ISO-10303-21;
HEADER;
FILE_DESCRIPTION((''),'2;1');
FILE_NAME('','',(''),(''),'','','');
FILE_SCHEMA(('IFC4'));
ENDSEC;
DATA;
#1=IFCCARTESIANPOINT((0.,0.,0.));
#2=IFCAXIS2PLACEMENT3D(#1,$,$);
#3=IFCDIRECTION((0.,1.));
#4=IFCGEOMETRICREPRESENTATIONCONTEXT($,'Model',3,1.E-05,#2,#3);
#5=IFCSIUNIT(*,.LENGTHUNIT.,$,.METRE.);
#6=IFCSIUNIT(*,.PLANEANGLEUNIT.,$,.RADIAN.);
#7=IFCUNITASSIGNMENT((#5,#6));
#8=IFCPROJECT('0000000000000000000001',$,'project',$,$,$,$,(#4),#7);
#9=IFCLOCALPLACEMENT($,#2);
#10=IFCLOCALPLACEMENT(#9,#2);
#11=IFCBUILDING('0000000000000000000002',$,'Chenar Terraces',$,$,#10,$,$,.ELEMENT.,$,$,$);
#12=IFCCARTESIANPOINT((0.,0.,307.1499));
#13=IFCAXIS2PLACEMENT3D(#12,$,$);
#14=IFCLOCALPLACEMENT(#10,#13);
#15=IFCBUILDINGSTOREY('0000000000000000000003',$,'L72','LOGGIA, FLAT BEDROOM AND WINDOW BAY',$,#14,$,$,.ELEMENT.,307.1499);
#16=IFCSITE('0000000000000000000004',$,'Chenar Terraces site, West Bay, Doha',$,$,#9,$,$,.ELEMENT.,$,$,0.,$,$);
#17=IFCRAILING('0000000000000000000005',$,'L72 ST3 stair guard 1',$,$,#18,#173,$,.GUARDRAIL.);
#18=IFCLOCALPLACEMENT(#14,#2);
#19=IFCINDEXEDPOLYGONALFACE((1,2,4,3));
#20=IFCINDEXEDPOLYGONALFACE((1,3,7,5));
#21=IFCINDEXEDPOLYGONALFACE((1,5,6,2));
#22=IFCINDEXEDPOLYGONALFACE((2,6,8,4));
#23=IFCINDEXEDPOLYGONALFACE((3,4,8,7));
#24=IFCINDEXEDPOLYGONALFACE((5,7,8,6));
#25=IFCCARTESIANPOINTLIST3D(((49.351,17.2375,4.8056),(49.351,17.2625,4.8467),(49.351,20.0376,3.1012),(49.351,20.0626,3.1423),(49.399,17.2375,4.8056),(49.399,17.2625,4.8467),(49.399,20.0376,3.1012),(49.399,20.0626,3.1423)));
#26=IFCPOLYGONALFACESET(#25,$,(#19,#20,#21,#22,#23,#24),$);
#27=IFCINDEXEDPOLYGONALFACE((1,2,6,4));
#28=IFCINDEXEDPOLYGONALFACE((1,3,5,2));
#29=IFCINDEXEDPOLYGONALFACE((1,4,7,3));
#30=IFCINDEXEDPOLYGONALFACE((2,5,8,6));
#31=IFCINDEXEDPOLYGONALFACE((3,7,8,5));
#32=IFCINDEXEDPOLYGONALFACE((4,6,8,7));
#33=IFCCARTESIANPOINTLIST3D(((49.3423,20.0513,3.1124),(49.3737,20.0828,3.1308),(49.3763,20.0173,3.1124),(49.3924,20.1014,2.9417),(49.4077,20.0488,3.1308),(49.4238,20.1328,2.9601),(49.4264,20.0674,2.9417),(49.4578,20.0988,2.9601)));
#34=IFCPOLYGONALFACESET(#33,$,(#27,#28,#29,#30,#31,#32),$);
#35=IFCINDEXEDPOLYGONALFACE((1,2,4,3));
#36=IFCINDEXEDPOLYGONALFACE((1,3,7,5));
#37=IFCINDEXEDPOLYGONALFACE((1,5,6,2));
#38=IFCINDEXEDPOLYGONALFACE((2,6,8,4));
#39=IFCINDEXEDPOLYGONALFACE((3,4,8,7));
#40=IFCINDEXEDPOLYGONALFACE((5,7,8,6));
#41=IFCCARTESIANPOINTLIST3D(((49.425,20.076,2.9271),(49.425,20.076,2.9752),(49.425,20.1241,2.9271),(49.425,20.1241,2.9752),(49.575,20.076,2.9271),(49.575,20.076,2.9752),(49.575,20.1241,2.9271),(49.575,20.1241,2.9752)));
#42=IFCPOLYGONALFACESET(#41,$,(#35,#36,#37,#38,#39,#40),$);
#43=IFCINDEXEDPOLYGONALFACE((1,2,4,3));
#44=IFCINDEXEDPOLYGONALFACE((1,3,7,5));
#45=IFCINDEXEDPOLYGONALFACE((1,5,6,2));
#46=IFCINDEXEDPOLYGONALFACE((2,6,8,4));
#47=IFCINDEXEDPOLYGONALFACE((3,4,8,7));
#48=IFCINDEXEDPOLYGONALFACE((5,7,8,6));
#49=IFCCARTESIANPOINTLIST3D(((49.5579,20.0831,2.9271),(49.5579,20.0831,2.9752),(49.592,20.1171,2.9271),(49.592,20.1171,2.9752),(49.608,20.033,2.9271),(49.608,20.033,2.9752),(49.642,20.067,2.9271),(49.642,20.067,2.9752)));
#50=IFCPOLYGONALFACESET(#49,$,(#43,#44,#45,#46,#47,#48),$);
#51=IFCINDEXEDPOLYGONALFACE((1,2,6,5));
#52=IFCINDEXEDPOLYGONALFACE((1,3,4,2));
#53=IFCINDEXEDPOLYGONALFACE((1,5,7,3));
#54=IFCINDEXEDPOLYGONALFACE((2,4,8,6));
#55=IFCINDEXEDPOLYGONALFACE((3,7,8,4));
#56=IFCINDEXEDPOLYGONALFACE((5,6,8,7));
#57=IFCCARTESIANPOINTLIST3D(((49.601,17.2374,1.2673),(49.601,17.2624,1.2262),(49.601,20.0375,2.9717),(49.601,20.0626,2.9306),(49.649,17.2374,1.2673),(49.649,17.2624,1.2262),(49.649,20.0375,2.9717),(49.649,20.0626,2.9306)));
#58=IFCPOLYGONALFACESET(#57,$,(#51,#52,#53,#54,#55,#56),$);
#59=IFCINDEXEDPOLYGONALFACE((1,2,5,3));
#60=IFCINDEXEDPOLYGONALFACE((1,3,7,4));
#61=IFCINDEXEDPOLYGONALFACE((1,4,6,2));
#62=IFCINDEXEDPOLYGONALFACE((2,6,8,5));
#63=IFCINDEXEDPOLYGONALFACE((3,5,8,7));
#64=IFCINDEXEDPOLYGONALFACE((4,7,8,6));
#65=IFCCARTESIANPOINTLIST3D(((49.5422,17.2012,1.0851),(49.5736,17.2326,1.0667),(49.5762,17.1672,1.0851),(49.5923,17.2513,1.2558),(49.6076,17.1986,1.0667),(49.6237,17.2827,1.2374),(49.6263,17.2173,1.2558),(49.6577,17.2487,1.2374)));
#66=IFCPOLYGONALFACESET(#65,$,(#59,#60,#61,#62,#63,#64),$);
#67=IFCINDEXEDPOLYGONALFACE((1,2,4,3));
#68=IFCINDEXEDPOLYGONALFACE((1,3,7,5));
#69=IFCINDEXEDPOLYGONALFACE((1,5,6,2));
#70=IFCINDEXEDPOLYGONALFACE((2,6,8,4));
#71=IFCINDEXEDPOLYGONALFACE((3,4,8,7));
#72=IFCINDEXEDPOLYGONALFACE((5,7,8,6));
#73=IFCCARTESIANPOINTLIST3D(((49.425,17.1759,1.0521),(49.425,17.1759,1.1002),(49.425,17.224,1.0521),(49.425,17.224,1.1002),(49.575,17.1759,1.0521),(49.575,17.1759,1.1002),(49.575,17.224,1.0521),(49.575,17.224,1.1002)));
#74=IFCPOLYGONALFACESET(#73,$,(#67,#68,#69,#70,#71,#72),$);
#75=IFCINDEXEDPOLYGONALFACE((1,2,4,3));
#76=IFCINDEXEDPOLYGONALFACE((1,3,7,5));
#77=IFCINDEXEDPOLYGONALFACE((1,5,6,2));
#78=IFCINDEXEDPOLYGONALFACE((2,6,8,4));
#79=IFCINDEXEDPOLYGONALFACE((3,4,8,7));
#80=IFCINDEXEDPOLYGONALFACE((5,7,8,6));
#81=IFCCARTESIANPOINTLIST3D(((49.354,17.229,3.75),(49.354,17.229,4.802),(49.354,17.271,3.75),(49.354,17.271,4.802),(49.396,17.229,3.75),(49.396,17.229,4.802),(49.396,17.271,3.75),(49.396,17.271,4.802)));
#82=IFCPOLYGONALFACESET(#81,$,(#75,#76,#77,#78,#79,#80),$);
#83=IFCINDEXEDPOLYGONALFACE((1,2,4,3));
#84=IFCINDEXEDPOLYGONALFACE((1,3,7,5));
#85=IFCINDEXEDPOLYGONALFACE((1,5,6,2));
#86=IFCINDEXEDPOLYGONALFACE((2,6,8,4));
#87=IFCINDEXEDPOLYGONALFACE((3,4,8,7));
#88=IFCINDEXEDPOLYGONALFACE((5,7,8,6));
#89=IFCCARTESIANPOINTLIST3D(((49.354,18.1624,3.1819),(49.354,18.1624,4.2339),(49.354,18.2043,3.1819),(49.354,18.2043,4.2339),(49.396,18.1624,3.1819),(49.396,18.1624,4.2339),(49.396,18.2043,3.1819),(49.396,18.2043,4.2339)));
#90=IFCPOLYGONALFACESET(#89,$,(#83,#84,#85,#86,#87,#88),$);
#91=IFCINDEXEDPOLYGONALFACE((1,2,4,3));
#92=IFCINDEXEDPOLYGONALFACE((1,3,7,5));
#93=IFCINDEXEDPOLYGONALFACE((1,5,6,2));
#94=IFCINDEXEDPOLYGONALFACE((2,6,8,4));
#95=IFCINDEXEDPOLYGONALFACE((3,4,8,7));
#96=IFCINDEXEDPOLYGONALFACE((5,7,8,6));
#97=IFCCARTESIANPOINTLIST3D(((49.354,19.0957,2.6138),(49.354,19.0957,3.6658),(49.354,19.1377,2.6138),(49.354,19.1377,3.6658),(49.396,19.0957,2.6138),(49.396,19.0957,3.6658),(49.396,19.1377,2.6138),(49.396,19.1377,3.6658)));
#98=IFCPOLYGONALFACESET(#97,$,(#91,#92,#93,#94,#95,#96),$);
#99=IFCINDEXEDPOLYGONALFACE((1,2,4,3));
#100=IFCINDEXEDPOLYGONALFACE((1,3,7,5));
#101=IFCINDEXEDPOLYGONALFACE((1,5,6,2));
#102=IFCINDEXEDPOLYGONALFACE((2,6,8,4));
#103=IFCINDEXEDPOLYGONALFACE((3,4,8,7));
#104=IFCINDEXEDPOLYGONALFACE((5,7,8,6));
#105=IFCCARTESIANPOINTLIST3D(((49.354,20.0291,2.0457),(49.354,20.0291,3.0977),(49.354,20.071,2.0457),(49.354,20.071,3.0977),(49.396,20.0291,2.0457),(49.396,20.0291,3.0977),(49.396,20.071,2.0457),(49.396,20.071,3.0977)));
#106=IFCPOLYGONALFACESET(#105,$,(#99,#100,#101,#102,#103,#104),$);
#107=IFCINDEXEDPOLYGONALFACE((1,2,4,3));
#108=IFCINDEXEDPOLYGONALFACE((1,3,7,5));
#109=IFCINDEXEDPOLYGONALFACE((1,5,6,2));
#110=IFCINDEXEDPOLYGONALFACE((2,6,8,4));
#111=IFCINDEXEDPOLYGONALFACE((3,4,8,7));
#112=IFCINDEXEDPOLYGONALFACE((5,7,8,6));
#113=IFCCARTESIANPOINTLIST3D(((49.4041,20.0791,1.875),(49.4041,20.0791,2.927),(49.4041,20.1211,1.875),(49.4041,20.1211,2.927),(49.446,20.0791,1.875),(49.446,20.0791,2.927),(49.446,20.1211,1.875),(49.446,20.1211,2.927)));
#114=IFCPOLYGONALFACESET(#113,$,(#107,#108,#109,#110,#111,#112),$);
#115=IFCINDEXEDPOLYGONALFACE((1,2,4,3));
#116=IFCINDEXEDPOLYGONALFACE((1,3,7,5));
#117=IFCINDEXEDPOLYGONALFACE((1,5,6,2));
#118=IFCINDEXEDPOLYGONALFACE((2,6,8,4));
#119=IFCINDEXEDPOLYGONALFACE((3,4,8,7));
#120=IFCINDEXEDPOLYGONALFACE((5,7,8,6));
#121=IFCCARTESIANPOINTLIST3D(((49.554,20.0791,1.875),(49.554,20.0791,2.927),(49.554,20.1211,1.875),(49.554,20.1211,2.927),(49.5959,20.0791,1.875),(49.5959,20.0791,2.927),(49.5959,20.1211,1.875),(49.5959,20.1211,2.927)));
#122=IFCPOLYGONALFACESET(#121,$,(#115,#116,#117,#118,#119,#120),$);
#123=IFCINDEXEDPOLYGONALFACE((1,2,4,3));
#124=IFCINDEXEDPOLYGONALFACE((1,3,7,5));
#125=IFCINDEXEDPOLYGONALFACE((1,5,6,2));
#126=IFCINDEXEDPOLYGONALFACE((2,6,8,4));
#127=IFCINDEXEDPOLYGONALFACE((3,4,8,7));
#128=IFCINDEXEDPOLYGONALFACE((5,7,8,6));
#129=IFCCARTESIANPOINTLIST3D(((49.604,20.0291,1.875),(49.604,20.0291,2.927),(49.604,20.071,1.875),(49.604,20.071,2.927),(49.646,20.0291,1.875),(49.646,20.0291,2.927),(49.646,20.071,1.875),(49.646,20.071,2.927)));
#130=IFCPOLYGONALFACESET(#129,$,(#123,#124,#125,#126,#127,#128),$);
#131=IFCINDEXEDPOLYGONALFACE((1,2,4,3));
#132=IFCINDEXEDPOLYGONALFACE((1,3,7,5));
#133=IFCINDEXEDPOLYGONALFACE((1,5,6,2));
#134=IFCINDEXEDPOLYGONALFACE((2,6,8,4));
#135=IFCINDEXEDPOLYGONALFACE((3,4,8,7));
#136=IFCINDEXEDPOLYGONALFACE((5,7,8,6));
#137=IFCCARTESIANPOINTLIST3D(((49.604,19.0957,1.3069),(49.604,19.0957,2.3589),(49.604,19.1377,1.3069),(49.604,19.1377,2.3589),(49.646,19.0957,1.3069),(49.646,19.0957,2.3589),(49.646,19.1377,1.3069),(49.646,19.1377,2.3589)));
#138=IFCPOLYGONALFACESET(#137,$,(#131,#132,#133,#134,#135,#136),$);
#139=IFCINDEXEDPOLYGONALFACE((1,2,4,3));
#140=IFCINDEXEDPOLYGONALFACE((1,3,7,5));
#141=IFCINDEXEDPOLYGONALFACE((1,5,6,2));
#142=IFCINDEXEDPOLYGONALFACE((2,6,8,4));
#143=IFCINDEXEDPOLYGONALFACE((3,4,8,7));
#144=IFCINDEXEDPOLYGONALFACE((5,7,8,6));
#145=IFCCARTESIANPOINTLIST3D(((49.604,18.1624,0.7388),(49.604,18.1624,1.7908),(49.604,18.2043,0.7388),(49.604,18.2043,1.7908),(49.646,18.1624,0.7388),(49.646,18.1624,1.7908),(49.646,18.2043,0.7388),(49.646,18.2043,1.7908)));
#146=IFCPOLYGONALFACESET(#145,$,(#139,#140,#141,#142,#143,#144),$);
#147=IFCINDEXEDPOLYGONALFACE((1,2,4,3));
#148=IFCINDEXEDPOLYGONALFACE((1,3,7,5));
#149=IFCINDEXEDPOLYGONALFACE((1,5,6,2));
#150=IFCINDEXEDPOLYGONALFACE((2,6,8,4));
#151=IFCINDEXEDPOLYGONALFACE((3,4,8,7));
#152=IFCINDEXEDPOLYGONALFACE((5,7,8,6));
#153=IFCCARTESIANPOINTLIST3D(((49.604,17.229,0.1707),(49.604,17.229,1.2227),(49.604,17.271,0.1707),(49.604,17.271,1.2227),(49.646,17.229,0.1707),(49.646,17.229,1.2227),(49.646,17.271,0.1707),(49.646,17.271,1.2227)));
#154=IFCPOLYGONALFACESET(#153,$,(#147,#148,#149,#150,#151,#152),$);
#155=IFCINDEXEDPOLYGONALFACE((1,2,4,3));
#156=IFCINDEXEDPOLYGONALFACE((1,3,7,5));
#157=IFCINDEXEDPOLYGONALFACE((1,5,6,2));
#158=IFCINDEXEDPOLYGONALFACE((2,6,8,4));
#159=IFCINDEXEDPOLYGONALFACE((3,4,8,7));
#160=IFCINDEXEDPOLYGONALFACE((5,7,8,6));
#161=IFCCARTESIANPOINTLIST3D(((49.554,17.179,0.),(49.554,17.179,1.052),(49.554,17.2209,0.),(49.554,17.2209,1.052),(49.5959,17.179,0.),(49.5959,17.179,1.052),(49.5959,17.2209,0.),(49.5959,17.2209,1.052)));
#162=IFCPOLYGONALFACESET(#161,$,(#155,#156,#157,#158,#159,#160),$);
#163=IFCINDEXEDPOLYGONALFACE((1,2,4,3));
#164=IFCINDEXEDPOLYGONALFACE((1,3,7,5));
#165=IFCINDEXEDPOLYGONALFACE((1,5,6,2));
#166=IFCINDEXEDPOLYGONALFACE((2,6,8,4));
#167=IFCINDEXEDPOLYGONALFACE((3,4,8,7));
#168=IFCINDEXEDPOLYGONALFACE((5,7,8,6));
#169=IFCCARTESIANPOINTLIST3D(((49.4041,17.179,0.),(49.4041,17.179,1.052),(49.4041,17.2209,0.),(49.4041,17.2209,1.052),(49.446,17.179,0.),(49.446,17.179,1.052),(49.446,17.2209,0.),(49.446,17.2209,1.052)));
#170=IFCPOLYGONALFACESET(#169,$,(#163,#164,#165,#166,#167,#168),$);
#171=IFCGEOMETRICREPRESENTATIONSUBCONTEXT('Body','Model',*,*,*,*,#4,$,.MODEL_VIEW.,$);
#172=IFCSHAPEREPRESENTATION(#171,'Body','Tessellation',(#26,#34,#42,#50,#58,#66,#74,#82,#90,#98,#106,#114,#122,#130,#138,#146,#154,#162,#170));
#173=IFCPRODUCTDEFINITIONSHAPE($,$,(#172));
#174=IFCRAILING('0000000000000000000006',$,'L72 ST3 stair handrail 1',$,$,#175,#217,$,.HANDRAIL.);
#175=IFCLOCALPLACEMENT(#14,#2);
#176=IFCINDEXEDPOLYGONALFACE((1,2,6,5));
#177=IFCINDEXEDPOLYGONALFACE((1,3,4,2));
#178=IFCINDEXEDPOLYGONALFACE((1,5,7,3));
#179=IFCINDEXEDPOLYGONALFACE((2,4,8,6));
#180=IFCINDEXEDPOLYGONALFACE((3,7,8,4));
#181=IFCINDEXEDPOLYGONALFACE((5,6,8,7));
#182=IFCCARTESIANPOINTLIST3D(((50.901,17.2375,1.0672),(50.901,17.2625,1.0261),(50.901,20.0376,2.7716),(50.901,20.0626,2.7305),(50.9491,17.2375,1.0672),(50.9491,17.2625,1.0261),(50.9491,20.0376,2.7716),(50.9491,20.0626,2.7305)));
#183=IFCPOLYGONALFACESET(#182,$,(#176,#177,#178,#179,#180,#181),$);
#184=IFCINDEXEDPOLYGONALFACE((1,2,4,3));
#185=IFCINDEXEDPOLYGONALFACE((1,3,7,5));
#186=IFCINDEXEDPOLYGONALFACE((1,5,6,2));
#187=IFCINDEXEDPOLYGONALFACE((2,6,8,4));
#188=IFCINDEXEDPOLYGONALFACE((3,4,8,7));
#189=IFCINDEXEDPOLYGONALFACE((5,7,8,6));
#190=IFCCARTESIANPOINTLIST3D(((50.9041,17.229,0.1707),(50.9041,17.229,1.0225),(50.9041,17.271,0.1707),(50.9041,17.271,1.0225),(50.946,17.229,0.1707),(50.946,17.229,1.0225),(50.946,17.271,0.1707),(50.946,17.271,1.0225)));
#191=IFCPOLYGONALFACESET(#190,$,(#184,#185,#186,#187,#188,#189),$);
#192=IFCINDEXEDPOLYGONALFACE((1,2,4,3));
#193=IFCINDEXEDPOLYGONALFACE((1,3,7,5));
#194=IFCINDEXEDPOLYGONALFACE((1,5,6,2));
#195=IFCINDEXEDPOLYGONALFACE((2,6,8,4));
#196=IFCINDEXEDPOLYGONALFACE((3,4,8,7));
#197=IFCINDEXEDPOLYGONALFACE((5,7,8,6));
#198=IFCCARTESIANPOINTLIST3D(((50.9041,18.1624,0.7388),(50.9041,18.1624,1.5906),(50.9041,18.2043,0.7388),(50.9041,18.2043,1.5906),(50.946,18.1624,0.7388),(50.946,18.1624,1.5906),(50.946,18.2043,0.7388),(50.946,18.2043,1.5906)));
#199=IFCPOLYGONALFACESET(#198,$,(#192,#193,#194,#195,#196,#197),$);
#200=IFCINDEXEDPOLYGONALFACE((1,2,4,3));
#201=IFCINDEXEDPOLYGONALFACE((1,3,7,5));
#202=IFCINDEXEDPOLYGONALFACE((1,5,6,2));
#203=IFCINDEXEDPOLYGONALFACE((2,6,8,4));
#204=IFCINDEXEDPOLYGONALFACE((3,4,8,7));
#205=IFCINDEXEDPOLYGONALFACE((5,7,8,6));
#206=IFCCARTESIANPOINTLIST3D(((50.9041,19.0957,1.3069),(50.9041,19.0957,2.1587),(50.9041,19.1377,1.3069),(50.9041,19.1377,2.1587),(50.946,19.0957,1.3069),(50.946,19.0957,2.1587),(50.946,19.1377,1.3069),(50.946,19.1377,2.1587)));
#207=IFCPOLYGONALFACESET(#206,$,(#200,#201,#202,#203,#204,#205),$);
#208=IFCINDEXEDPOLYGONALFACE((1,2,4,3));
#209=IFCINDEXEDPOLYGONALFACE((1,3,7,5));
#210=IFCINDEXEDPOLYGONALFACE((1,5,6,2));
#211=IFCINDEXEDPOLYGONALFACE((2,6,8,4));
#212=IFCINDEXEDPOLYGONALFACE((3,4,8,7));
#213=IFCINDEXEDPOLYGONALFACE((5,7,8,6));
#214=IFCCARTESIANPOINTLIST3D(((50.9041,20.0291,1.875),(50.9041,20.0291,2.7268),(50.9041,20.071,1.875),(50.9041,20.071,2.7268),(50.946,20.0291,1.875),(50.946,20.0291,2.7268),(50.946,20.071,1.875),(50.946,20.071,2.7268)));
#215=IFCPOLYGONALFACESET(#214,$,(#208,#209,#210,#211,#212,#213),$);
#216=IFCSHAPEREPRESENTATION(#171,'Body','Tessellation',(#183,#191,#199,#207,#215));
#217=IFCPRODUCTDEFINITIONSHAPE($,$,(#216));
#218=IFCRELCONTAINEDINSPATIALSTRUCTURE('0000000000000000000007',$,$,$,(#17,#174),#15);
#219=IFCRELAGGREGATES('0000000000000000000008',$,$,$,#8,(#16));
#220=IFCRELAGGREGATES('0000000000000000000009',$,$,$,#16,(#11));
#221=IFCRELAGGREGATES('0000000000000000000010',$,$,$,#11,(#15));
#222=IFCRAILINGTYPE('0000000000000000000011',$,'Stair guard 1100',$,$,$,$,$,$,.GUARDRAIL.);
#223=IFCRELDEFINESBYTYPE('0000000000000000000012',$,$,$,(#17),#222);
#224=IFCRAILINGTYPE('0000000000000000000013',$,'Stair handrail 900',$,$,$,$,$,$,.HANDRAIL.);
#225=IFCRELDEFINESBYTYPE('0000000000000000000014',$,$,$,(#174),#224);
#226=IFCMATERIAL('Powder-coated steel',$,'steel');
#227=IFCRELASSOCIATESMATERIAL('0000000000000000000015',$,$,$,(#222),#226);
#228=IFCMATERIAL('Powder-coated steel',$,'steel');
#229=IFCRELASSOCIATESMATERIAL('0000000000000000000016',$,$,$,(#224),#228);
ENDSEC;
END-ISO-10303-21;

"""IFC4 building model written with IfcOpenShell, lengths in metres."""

from ifc_helpers import new_model, si_unit, direction, frame, origin, origin_2d, place, context, subcontext, project, spatial, rectangle, extrude, material, type_object, element, save


model = new_model("IFC4")

# Units and contexts
model_context = context("Model", 3, precision=1e-05, world=origin(), true_north=direction((0.0, 1.0)))
body_context = subcontext(model_context, "Body", "Model", "MODEL_VIEW")
ifc_project = project(units=[si_unit("LENGTHUNIT", "METRE"), si_unit("PLANEANGLEUNIT", "RADIAN")], contexts=[model_context])

# Site, building, storey
site_placement = place(None, origin())
site = spatial("IfcSite", under=ifc_project, at=site_placement, Name="Chenar Terraces site, West Bay, Doha", CompositionType="ELEMENT", RefElevation=0.0)
building_placement = place(site_placement, origin())
building = spatial("IfcBuilding", under=site, at=building_placement, Name="Chenar Terraces", CompositionType="ELEMENT")
storey_placement = place(building_placement, frame((0.0, 0.0, 307.1499)))
storey = spatial("IfcBuildingStorey", under=building, at=storey_placement, Name="L72", Description="LOGGIA, FLAT BEDROOM AND WINDOW BAY", CompositionType="ELEMENT", Elevation=307.1499)

# Railings
ifc_material_1 = material(Name="Powder-coated steel", Category="steel")
railing_type_1 = type_object("IfcRailingType", Name="Stair guard 1100", PredefinedType="GUARDRAIL", material=ifc_material_1)
railing_1_placement = place(storey_placement, frame((49.375, 17.25, 3.75)))
element("IfcRailing", 1, at=railing_1_placement, inside=storey, type_object=railing_type_1, Name="L72 ST3 stair guard 1", PredefinedType="GUARDRAIL", context=body_context, shape_type="SweptSolid", body=[
    extrude(rectangle(XDim=0.0481, YDim=0.0481, at=origin_2d()), frame((0.0, 0.0, 1.0762), z_axis=(0.0, 0.854203, -0.51994), x_axis=(-1.0, 0.0, 0.0)), (0.0, 0.0, 1.0), 3.2781),
    extrude(rectangle(XDim=0.0481, YDim=0.0481, at=origin_2d()), frame((0.0, 2.8, -0.6284), z_axis=(0.2709, 0.2709, -0.923703), x_axis=(-0.707107, 0.707107, 0.0)), (0.0, 0.0, 1.0), 0.1848),
    extrude(rectangle(XDim=0.0481, YDim=0.0481, at=origin_2d()), frame((0.05, 2.8501, -0.7988), z_axis=(1.0, 0.0, 0.0), x_axis=(0.0, 1.0, 0.0)), (0.0, 0.0, 1.0), 0.1499),
    extrude(rectangle(XDim=0.0481, YDim=0.0481, at=origin_2d()), frame((0.2, 2.8501, -0.7988), z_axis=(0.707107, -0.707107, 0.0), x_axis=(0.707107, 0.707107, 0.0)), (0.0, 0.0, 1.0), 0.0708),
    extrude(rectangle(XDim=0.0481, YDim=0.0481, at=origin_2d()), frame((0.25, 2.8, -0.7988), z_axis=(0.0, -0.854203, -0.51994), x_axis=(1.0, 0.0, 0.0)), (0.0, 0.0, 1.0), 3.2781),
    extrude(rectangle(XDim=0.0481, YDim=0.0481, at=origin_2d()), frame((0.25, 0.0, -2.5034), z_axis=(-0.2709, -0.2709, -0.923703), x_axis=(0.707107, -0.707107, 0.0)), (0.0, 0.0, 1.0), 0.1848),
    extrude(rectangle(XDim=0.0481, YDim=0.0481, at=origin_2d()), frame((0.2, -0.05, -2.6738), z_axis=(-1.0, 0.0, 0.0), x_axis=(0.0, -1.0, 0.0)), (0.0, 0.0, 1.0), 0.1499),
    extrude(rectangle(XDim=0.042, YDim=0.042, at=origin_2d()), origin(), (0.0, 0.0, 1.0), 1.052),
    extrude(rectangle(XDim=0.042, YDim=0.042, at=origin_2d()), frame((0.0, 0.9333, -0.5681)), (0.0, 0.0, 1.0), 1.052),
    extrude(rectangle(XDim=0.042, YDim=0.042, at=origin_2d()), frame((0.0, 1.8667, -1.1362)), (0.0, 0.0, 1.0), 1.052),
    extrude(rectangle(XDim=0.042, YDim=0.042, at=origin_2d()), frame((0.0, 2.8, -1.7043)), (0.0, 0.0, 1.0), 1.052),
    extrude(rectangle(XDim=0.042, YDim=0.042, at=origin_2d()), frame((0.05, 2.8501, -1.875)), (0.0, 0.0, 1.0), 1.052),
    extrude(rectangle(XDim=0.042, YDim=0.042, at=origin_2d()), frame((0.2, 2.8501, -1.875)), (0.0, 0.0, 1.0), 1.052),
    extrude(rectangle(XDim=0.042, YDim=0.042, at=origin_2d()), frame((0.25, 2.8, -1.875)), (0.0, 0.0, 1.0), 1.052),
    extrude(rectangle(XDim=0.042, YDim=0.042, at=origin_2d()), frame((0.25, 1.8667, -2.4431)), (0.0, 0.0, 1.0), 1.052),
    extrude(rectangle(XDim=0.042, YDim=0.042, at=origin_2d()), frame((0.25, 0.9333, -3.0112)), (0.0, 0.0, 1.0), 1.052),
    extrude(rectangle(XDim=0.042, YDim=0.042, at=origin_2d()), frame((0.25, 0.0, -3.5793)), (0.0, 0.0, 1.0), 1.052),
    extrude(rectangle(XDim=0.042, YDim=0.042, at=origin_2d()), frame((0.2, -0.05, -3.75)), (0.0, 0.0, 1.0), 1.052),
    extrude(rectangle(XDim=0.042, YDim=0.042, at=origin_2d()), frame((0.05, -0.05, -3.75)), (0.0, 0.0, 1.0), 1.052),
])
ifc_material_2 = material(Name="Powder-coated steel", Category="steel")
railing_type_2 = type_object("IfcRailingType", Name="Stair handrail 900", PredefinedType="HANDRAIL", material=ifc_material_2)
railing_2_placement = place(storey_placement, frame((50.925, 17.25, 0.1707)))
element("IfcRailing", 2, at=railing_2_placement, inside=storey, type_object=railing_type_2, Name="L72 ST3 stair handrail 1", PredefinedType="HANDRAIL", context=body_context, shape_type="SweptSolid", body=[
    extrude(rectangle(XDim=0.0481, YDim=0.0481, at=origin_2d()), frame((0.0, 0.0, 0.876), z_axis=(0.0, 0.854203, 0.51994), x_axis=(-1.0, 0.0, 0.0)), (0.0, 0.0, 1.0), 3.2781),
    extrude(rectangle(XDim=0.042, YDim=0.042, at=origin_2d()), origin(), (0.0, 0.0, 1.0), 0.8518),
    extrude(rectangle(XDim=0.042, YDim=0.042, at=origin_2d()), frame((0.0, 0.9333, 0.5681)), (0.0, 0.0, 1.0), 0.8518),
    extrude(rectangle(XDim=0.042, YDim=0.042, at=origin_2d()), frame((0.0, 1.8667, 1.1362)), (0.0, 0.0, 1.0), 0.8518),
    extrude(rectangle(XDim=0.042, YDim=0.042, at=origin_2d()), frame((0.0, 2.8, 1.7043)), (0.0, 0.0, 1.0), 0.8518),
])

save(model, "model.ifc")
